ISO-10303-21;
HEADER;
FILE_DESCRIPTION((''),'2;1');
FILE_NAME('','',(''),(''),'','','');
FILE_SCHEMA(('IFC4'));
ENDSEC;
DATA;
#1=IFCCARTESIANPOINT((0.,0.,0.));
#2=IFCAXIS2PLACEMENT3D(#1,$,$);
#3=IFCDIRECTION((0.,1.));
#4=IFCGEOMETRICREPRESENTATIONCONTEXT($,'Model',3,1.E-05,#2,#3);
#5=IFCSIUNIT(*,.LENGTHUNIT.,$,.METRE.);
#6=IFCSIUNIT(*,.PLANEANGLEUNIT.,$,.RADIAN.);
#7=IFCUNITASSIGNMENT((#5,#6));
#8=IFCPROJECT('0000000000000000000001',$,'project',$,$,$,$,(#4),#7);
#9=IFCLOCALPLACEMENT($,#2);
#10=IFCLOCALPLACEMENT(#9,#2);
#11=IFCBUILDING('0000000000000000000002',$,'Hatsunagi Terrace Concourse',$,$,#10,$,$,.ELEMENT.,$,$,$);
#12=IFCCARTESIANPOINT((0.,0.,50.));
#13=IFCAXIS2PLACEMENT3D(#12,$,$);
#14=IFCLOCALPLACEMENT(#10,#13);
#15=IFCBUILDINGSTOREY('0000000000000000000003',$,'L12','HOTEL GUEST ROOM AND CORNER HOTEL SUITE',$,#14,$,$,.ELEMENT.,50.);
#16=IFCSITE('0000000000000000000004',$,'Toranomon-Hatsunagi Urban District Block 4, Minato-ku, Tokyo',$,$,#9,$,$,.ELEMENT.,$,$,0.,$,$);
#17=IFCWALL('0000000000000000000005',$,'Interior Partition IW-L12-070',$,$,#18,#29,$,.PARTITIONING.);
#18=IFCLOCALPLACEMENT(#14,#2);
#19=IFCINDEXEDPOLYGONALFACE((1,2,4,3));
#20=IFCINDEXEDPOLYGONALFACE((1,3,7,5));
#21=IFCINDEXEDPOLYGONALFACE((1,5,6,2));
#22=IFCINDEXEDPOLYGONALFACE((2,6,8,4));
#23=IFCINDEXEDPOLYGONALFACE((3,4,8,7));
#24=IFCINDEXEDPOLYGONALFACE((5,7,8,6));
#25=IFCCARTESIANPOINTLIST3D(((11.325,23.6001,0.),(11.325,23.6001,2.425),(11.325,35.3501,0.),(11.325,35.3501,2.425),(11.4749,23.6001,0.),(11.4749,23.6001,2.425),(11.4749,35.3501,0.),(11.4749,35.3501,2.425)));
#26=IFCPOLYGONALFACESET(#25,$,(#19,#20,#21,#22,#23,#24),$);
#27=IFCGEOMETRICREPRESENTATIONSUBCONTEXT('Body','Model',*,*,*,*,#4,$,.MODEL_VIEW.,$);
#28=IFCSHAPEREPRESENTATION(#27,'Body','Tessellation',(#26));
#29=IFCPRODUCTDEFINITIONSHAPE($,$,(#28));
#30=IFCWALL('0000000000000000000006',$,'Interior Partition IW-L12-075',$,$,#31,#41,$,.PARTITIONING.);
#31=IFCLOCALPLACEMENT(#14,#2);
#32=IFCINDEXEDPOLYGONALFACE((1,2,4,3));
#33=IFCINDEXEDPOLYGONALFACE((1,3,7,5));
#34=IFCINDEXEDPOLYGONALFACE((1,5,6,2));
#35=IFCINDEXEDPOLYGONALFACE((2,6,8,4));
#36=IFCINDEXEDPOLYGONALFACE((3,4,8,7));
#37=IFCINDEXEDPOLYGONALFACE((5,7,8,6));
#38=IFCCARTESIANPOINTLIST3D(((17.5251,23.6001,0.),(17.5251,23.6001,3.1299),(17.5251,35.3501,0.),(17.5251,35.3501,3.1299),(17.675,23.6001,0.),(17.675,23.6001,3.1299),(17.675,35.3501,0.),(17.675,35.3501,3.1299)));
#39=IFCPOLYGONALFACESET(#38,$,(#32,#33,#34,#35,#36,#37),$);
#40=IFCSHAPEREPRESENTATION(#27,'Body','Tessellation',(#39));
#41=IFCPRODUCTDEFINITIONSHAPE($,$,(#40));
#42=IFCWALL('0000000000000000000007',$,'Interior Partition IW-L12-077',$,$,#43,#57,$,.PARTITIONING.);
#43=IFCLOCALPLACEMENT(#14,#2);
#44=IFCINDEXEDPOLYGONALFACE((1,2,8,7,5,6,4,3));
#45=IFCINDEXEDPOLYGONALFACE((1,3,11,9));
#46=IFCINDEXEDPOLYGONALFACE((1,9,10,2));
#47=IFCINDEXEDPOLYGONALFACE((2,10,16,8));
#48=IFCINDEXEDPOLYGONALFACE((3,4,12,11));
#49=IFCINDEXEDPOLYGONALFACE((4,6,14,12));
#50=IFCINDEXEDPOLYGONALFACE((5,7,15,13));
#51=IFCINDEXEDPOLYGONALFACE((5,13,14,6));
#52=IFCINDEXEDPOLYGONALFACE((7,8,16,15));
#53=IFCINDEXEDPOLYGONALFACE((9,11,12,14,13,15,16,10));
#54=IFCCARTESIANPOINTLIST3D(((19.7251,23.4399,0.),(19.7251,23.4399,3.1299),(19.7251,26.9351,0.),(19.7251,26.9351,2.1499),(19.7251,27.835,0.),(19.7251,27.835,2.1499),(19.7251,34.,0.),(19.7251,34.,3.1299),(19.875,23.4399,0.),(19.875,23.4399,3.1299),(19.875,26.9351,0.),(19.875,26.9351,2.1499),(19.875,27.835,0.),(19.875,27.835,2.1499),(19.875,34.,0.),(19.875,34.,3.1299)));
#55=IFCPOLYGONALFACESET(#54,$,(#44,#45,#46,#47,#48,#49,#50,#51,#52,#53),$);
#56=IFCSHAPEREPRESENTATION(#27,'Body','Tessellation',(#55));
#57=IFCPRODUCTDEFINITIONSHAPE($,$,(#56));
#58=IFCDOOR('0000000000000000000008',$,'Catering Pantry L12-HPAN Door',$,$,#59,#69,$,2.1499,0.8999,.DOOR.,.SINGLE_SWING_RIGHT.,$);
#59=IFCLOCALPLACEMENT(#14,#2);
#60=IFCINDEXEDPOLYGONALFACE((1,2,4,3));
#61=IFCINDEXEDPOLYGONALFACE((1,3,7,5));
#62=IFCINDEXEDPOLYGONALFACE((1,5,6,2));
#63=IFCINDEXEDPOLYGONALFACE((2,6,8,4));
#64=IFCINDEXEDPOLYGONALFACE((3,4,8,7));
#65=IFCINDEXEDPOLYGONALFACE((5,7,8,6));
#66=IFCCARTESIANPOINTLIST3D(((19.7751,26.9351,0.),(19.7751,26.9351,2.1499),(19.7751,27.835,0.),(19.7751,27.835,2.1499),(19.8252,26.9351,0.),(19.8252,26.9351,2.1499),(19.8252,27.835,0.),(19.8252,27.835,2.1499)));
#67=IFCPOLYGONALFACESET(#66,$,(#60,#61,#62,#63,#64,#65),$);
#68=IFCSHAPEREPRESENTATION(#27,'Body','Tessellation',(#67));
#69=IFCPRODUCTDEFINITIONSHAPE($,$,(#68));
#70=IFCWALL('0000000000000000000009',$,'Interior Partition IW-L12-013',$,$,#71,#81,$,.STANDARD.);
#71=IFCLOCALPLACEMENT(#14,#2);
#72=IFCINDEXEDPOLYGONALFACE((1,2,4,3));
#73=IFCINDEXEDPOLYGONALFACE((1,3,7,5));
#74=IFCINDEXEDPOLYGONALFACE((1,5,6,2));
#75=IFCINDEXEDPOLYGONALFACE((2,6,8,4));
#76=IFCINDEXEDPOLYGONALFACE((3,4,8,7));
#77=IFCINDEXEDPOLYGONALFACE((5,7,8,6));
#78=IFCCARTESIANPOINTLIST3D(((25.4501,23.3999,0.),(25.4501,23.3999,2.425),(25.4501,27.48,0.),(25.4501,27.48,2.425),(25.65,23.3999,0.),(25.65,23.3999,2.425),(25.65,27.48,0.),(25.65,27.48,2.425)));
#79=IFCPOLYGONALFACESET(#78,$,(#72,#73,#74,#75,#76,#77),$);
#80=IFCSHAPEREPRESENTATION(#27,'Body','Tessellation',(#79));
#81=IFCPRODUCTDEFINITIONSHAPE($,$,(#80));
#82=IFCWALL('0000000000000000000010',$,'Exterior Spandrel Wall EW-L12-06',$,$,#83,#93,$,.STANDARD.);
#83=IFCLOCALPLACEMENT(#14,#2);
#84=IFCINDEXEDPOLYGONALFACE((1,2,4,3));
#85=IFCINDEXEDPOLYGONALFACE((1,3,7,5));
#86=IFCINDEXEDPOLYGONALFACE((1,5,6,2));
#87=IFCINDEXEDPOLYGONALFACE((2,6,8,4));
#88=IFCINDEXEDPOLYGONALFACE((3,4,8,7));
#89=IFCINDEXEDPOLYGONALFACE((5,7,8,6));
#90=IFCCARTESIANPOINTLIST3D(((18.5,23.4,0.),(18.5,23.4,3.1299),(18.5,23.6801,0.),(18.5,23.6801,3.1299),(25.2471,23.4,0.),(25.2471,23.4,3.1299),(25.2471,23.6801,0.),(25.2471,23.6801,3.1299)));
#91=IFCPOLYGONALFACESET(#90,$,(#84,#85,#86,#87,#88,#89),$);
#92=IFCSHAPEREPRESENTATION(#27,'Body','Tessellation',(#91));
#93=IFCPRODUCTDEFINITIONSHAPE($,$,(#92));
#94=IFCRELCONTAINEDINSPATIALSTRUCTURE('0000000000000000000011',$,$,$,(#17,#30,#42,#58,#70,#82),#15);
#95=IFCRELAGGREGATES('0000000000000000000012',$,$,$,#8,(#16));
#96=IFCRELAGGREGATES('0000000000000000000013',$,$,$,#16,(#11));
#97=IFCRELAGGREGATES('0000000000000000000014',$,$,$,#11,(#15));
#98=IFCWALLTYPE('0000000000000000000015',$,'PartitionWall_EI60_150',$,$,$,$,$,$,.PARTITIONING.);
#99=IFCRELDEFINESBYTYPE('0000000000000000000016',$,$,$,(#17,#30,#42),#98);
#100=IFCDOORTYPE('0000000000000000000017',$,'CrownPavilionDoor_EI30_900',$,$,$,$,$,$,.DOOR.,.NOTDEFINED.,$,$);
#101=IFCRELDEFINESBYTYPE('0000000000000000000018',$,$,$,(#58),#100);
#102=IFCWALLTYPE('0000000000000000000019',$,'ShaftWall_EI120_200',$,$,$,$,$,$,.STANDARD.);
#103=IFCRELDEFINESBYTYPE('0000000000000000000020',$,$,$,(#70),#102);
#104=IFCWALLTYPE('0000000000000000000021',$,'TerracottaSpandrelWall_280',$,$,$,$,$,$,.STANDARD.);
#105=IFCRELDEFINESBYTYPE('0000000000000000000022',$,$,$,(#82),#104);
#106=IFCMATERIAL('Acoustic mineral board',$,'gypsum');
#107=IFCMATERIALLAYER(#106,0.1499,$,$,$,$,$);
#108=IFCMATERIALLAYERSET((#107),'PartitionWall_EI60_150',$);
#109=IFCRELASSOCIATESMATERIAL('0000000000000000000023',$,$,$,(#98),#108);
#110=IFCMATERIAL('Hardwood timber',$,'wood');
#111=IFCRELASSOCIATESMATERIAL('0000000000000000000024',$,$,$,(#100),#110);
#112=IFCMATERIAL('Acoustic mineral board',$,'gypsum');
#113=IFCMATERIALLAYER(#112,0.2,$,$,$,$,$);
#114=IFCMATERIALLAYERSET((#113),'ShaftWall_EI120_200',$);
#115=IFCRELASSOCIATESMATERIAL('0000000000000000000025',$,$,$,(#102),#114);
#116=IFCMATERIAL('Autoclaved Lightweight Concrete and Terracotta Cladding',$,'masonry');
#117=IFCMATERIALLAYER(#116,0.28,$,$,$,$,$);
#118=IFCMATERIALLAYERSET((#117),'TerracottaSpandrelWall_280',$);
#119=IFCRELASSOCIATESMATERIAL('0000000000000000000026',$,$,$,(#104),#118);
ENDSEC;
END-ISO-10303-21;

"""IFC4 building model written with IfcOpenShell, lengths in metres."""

from ifc_helpers import new_model, si_unit, direction, frame, frame_2d, origin, place, context, subcontext, project, spatial, rectangle, extrude, material, layer, layer_set, type_object, element, fill, save


model = new_model("IFC4")

# Units and contexts
model_context = context("Model", 3, precision=1e-05, world=origin(), true_north=direction((0.0, 1.0)))
body_context = subcontext(model_context, "Body", "Model", "MODEL_VIEW")
ifc_project = project(units=[si_unit("LENGTHUNIT", "METRE"), si_unit("PLANEANGLEUNIT", "RADIAN")], contexts=[model_context])

# Site, building, storey
site_placement = place(None, origin())
site = spatial("IfcSite", under=ifc_project, at=site_placement, Name="Toranomon-Hatsunagi Urban District Block 4, Minato-ku, Tokyo", CompositionType="ELEMENT", RefElevation=0.0)
building_placement = place(site_placement, origin())
building = spatial("IfcBuilding", under=site, at=building_placement, Name="Hatsunagi Terrace Concourse", CompositionType="ELEMENT")
storey_placement = place(building_placement, frame((0.0, 0.0, 50.0)))
storey = spatial("IfcBuildingStorey", under=building, at=storey_placement, Name="L12", Description="HOTEL GUEST ROOM AND CORNER HOTEL SUITE", CompositionType="ELEMENT", Elevation=50.0)

# Walls
ifc_material_1 = material(Name="Acoustic mineral board", Category="gypsum")
ifc_layer_1 = layer(ifc_material_1, 0.1499)
ifc_layer_set_1 = layer_set([ifc_layer_1], Name="PartitionWall_EI60_150")
wall_type_1 = type_object("IfcWallType", Name="PartitionWall_EI60_150", PredefinedType="PARTITIONING", material=ifc_layer_set_1)
wall_1_placement = place(storey_placement, frame((11.3999, 23.6001, 0.0), z_axis=(0.0, 0.0, 1.0), x_axis=(0.0, 1.0, 0.0)))
element("IfcWall", 1, at=wall_1_placement, inside=storey, type_object=wall_type_1, Name="Interior Partition IW-L12-070", PredefinedType="PARTITIONING", context=body_context, shape_type="SweptSolid", body=[
    extrude(rectangle(XDim=11.75, YDim=0.1499, at=frame_2d((5.875, 0.0))), origin(), (0.0, 0.0, 1.0), 2.425),
])
wall_2_placement = place(storey_placement, frame((17.6001, 23.6001, 0.0), z_axis=(0.0, 0.0, 1.0), x_axis=(0.0, 1.0, 0.0)))
element("IfcWall", 2, at=wall_2_placement, inside=storey, type_object=wall_type_1, Name="Interior Partition IW-L12-075", PredefinedType="PARTITIONING", context=body_context, shape_type="SweptSolid", body=[
    extrude(rectangle(XDim=11.75, YDim=0.1499, at=frame_2d((5.875, 0.0))), origin(), (0.0, 0.0, 1.0), 3.1299),
])

# Wall, opening, door
wall_3_placement = place(storey_placement, frame((19.8, 23.4399, 0.0), z_axis=(0.0, 0.0, 1.0), x_axis=(0.0, 1.0, 0.0)))
wall_3 = element("IfcWall", 3, at=wall_3_placement, inside=storey, type_object=wall_type_1, Name="Interior Partition IW-L12-077", PredefinedType="PARTITIONING", context=body_context, shape_type="SweptSolid", body=[
    extrude(rectangle(XDim=10.5601, YDim=0.1499, at=frame_2d((5.28, 0.0))), origin(), (0.0, 0.0, 1.0), 3.1299),
])
opening_placement = place(wall_3_placement, frame((3.4951, 0.0, 0.0)))
opening = element("IfcOpeningElement", 4, at=opening_placement, cuts=wall_3, PredefinedType="OPENING", context=body_context, shape_type="SweptSolid", body=[
    extrude(rectangle(XDim=0.8999, YDim=2.1499, at=frame_2d((0.45, 1.075))), frame((0.0, 0.085, 0.0), z_axis=(0.0, -1.0, 0.0), x_axis=(1.0, 0.0, 0.0)), (0.0, 0.0, 1.0), 0.1699),
])
ifc_material_2 = material(Name="Hardwood timber", Category="wood")
door_type = type_object("IfcDoorType", Name="CrownPavilionDoor_EI30_900", OperationType="NOTDEFINED", PredefinedType="DOOR", material=ifc_material_2)
door_placement = place(opening_placement, origin())
door = element("IfcDoor", 5, at=door_placement, inside=storey, type_object=door_type, Name="Catering Pantry L12-HPAN Door", OperationType="SINGLE_SWING_RIGHT", OverallHeight=2.1499, OverallWidth=0.8999, PredefinedType="DOOR", context=body_context, shape_type="SweptSolid", body=[
    extrude(rectangle(XDim=0.8999, YDim=2.1499, at=frame_2d((0.45, 1.075))), frame((0.0, 0.0249, 0.0), z_axis=(0.0, -1.0, 0.0), x_axis=(1.0, 0.0, 0.0)), (0.0, 0.0, 1.0), 0.05),
])
fill(opening, door)

# Walls
ifc_material_3 = material(Name="Acoustic mineral board", Category="gypsum")
ifc_layer_2 = layer(ifc_material_3, 0.2)
ifc_layer_set_2 = layer_set([ifc_layer_2], Name="ShaftWall_EI120_200")
wall_type_2 = type_object("IfcWallType", Name="ShaftWall_EI120_200", PredefinedType="STANDARD", material=ifc_layer_set_2)
wall_4_placement = place(storey_placement, frame((25.55, 23.3999, 0.0), z_axis=(0.0, 0.0, 1.0), x_axis=(0.0, 1.0, 0.0)))
element("IfcWall", 6, at=wall_4_placement, inside=storey, type_object=wall_type_2, Name="Interior Partition IW-L12-013", PredefinedType="STANDARD", context=body_context, shape_type="SweptSolid", body=[
    extrude(rectangle(XDim=4.0801, YDim=0.2, at=frame_2d((2.04, 0.0))), origin(), (0.0, 0.0, 1.0), 2.425),
])
ifc_material_4 = material(Name="Autoclaved Lightweight Concrete and Terracotta Cladding", Category="masonry")
ifc_layer_3 = layer(ifc_material_4, 0.28)
ifc_layer_set_3 = layer_set([ifc_layer_3], Name="TerracottaSpandrelWall_280")
wall_type_3 = type_object("IfcWallType", Name="TerracottaSpandrelWall_280", PredefinedType="STANDARD", material=ifc_layer_set_3)
wall_5_placement = place(storey_placement, frame((25.2471, 23.54, 0.0), z_axis=(0.0, 0.0, 1.0), x_axis=(-1.0, 0.0, 0.0)))
element("IfcWall", 7, at=wall_5_placement, inside=storey, type_object=wall_type_3, Name="Exterior Spandrel Wall EW-L12-06", PredefinedType="STANDARD", context=body_context, shape_type="SweptSolid", body=[
    extrude(rectangle(XDim=6.7471, YDim=0.28, at=frame_2d((3.3735, 0.0))), origin(), (0.0, 0.0, 1.0), 3.1299),
])

save(model, "model.ifc")
